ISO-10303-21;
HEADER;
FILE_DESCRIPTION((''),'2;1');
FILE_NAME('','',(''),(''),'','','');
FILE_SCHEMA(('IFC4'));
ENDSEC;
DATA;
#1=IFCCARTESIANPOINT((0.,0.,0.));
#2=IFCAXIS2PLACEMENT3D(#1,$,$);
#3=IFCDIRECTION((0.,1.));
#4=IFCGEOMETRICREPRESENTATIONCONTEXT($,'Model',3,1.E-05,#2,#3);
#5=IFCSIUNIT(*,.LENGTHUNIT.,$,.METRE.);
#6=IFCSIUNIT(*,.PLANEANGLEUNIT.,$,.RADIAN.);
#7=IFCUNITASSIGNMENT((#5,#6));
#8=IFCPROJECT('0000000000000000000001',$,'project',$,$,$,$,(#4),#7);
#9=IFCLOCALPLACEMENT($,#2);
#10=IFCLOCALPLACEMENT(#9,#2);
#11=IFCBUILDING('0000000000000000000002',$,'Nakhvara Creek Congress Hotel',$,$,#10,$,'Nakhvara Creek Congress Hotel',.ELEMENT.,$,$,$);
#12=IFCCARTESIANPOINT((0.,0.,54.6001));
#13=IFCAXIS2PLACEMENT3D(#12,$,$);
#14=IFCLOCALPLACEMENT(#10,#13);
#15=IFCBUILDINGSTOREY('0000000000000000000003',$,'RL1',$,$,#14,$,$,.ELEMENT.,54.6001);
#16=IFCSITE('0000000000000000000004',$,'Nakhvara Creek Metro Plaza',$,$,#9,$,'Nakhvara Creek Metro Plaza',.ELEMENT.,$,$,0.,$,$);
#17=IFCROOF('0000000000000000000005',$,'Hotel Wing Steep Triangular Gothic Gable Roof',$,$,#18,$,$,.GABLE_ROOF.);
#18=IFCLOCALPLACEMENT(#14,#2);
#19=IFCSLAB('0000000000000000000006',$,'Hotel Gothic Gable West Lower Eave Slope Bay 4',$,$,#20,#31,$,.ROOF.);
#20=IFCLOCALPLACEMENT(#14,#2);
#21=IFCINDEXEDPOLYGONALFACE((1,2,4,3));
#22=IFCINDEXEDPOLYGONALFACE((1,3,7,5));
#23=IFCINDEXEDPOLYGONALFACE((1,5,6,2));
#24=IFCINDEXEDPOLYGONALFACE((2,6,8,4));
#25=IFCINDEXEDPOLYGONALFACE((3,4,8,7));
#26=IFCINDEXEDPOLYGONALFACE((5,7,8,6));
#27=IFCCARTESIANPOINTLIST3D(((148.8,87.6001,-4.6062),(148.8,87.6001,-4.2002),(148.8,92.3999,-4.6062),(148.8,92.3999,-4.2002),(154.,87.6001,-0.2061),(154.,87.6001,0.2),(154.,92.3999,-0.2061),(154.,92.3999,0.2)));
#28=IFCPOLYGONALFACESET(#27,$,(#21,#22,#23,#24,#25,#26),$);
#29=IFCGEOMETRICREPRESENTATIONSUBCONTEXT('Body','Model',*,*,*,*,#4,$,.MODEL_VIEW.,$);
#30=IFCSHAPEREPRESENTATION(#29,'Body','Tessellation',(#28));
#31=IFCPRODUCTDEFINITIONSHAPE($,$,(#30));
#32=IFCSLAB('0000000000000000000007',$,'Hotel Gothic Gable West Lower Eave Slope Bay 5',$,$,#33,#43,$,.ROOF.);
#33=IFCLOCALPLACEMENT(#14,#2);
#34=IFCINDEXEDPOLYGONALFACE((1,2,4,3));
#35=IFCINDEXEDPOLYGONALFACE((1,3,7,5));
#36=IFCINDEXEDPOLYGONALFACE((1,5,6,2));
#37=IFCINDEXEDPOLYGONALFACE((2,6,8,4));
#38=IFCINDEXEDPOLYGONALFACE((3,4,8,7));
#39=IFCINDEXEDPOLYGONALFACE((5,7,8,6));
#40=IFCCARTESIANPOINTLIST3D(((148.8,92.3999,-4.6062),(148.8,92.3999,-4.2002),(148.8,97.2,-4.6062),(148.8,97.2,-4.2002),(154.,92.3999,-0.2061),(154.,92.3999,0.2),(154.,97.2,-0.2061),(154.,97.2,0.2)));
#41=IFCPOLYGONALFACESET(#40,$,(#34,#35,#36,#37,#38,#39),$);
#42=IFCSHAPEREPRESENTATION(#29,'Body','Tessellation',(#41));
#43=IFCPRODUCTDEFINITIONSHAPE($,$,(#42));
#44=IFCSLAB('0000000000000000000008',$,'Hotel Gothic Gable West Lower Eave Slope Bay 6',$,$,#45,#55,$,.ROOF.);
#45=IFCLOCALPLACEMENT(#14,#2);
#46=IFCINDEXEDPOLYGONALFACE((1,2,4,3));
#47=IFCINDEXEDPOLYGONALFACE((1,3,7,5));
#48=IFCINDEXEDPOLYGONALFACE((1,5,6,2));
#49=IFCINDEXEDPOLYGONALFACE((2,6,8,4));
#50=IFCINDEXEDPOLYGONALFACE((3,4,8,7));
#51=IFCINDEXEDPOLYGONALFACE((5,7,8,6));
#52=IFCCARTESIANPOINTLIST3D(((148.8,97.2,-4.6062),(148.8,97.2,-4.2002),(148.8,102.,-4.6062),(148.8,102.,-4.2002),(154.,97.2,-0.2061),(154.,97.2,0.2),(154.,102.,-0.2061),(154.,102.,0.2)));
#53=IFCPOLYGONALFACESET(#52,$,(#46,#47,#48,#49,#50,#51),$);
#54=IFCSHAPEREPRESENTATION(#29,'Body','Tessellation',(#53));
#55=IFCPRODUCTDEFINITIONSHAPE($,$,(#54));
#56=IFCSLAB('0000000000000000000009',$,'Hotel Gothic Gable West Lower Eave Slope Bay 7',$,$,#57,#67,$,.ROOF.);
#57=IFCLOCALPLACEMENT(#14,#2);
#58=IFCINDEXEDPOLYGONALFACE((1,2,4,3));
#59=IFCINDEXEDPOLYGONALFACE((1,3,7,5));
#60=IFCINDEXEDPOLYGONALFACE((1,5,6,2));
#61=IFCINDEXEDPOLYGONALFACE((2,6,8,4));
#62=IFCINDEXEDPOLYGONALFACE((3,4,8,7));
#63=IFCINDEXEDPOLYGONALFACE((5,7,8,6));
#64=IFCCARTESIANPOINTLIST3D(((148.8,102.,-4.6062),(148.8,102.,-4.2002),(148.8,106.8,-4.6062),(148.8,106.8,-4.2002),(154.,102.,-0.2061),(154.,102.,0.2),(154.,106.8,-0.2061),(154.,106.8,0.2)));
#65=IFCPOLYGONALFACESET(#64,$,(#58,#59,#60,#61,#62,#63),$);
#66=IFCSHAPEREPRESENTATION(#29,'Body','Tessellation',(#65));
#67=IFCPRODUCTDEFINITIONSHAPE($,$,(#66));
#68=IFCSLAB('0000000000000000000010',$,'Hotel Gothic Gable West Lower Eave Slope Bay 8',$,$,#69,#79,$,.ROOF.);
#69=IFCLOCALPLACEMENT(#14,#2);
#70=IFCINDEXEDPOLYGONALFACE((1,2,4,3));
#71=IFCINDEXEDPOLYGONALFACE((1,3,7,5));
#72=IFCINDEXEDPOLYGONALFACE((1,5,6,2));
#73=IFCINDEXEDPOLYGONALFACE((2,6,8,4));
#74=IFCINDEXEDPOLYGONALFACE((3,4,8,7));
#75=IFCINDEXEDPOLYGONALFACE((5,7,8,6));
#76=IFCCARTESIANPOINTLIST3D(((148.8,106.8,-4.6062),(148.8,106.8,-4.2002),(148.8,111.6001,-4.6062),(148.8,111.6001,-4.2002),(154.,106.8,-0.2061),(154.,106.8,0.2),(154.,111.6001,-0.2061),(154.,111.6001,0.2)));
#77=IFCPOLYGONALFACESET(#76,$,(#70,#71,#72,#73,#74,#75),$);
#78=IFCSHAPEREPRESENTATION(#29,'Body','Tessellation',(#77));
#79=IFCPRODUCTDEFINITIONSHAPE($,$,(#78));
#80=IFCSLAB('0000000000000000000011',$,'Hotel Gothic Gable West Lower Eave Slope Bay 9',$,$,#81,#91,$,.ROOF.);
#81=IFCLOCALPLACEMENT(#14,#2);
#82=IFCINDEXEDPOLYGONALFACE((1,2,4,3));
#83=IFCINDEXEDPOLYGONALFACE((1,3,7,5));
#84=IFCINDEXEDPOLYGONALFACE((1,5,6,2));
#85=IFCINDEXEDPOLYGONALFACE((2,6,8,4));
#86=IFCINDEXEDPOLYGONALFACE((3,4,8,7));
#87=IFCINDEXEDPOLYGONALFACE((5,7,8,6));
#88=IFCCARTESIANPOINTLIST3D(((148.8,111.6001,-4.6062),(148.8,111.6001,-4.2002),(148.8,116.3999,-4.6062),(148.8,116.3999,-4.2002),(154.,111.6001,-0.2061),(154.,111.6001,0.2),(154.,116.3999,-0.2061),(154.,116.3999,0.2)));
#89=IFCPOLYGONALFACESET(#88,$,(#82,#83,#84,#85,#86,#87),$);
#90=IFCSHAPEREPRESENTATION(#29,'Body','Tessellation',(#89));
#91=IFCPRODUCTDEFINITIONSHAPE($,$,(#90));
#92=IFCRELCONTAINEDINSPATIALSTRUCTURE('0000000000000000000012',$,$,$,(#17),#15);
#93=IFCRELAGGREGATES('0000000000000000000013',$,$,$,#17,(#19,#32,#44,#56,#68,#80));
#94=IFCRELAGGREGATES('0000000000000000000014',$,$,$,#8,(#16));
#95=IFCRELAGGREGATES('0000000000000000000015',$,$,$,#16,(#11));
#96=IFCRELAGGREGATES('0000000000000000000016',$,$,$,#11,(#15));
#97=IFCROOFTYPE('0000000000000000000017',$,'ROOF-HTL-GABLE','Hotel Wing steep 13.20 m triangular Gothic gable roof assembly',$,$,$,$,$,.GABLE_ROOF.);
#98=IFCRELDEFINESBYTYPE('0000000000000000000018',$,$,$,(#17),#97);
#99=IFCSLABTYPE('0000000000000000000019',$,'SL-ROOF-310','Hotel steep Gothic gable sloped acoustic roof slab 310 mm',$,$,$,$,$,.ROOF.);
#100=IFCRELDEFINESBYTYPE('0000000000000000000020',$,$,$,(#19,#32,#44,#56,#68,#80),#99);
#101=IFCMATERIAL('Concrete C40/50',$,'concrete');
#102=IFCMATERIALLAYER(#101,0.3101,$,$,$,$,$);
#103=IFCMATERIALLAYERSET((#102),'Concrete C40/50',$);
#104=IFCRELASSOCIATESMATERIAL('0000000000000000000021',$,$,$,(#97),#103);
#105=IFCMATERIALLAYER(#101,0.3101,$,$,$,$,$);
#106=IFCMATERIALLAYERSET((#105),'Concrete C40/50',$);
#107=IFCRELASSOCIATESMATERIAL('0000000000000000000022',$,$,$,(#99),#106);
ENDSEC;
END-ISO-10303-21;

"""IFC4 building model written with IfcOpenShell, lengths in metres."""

from ifc_helpers import new_model, si_unit, direction, frame, origin, place, context, subcontext, project, spatial, polyline, outline, extrude, material, layer, layer_set, type_object, element, aggregate, save


model = new_model("IFC4")

# Units and contexts
model_context = context("Model", 3, precision=1e-05, world=origin(), true_north=direction((0.0, 1.0)))
body_context = subcontext(model_context, "Body", "Model", "MODEL_VIEW")
ifc_project = project(units=[si_unit("LENGTHUNIT", "METRE"), si_unit("PLANEANGLEUNIT", "RADIAN")], contexts=[model_context])

# Site, building, storey
site_placement = place(None, origin())
site = spatial("IfcSite", under=ifc_project, at=site_placement, Name="Nakhvara Creek Metro Plaza", LongName="Nakhvara Creek Metro Plaza", CompositionType="ELEMENT", RefElevation=0.0)
building_placement = place(site_placement, origin())
building = spatial("IfcBuilding", under=site, at=building_placement, Name="Nakhvara Creek Congress Hotel", LongName="Nakhvara Creek Congress Hotel", CompositionType="ELEMENT")
storey_placement = place(building_placement, frame((0.0, 0.0, 54.6001)))
storey = spatial("IfcBuildingStorey", under=building, at=storey_placement, Name="RL1", CompositionType="ELEMENT", Elevation=54.6001)

# Roof, slabs
ifc_material_1 = material(Name="Concrete C40/50", Category="concrete")
ifc_layer_1 = layer(ifc_material_1, 0.3101)
ifc_layer_set_1 = layer_set([ifc_layer_1], Name="Concrete C40/50")
roof_type = type_object("IfcRoofType", Name="ROOF-HTL-GABLE", Description="Hotel Wing steep 13.20 m triangular Gothic gable roof assembly", PredefinedType="GABLE_ROOF", material=ifc_layer_set_1)
roof_placement = place(storey_placement, origin())
roof = element("IfcRoof", 1, at=roof_placement, inside=storey, type_object=roof_type, Name="Hotel Wing Steep Triangular Gothic Gable Roof", PredefinedType="GABLE_ROOF")
ifc_layer_2 = layer(ifc_material_1, 0.3101)
ifc_layer_set_2 = layer_set([ifc_layer_2], Name="Concrete C40/50")
slab_type = type_object("IfcSlabType", Name="SL-ROOF-310", Description="Hotel steep Gothic gable sloped acoustic roof slab 310 mm", PredefinedType="ROOF", material=ifc_layer_set_2)
slab_1_placement = place(storey_placement, frame((148.8, 87.6001, -4.2002), z_axis=(0.0, 0.0, 1.0), x_axis=(1.0, 0.0, 0.0)))
slab_1 = element("IfcSlab", 2, at=slab_1_placement, type_object=slab_type, Name="Hotel Gothic Gable West Lower Eave Slope Bay 4", PredefinedType="ROOF", context=body_context, shape_type="SweptSolid", body=[
    extrude(outline(polyline([(0.0, 0.0), (5.2, 4.4001), (5.2, 3.9941), (0.0, -0.406), (0.0, 0.0)])), frame((0.0, 4.7998, 0.0), z_axis=(0.0, -1.0, 0.0), x_axis=(1.0, 0.0, 0.0)), (0.0, 0.0, 1.0), 4.7998),
])
slab_2_placement = place(storey_placement, frame((148.8, 92.3999, -4.2002), z_axis=(0.0, 0.0, 1.0), x_axis=(1.0, 0.0, 0.0)))
slab_2 = element("IfcSlab", 3, at=slab_2_placement, type_object=slab_type, Name="Hotel Gothic Gable West Lower Eave Slope Bay 5", PredefinedType="ROOF", context=body_context, shape_type="SweptSolid", body=[
    extrude(outline(polyline([(0.0, 0.0), (5.2, 4.4001), (5.2, 3.9941), (0.0, -0.406), (0.0, 0.0)])), frame((0.0, 4.8, 0.0), z_axis=(0.0, -1.0, 0.0), x_axis=(1.0, 0.0, 0.0)), (0.0, 0.0, 1.0), 4.8),
])
slab_3_placement = place(storey_placement, frame((148.8, 97.2, -4.2002), z_axis=(0.0, 0.0, 1.0), x_axis=(1.0, 0.0, 0.0)))
slab_3 = element("IfcSlab", 4, at=slab_3_placement, type_object=slab_type, Name="Hotel Gothic Gable West Lower Eave Slope Bay 6", PredefinedType="ROOF", context=body_context, shape_type="SweptSolid", body=[
    extrude(outline(polyline([(0.0, 0.0), (5.2, 4.4001), (5.2, 3.9941), (0.0, -0.406), (0.0, 0.0)])), frame((0.0, 4.8, 0.0), z_axis=(0.0, -1.0, 0.0), x_axis=(1.0, 0.0, 0.0)), (0.0, 0.0, 1.0), 4.8),
])
slab_4_placement = place(storey_placement, frame((148.8, 102.0, -4.2002), z_axis=(0.0, 0.0, 1.0), x_axis=(1.0, 0.0, 0.0)))
slab_4 = element("IfcSlab", 5, at=slab_4_placement, type_object=slab_type, Name="Hotel Gothic Gable West Lower Eave Slope Bay 7", PredefinedType="ROOF", context=body_context, shape_type="SweptSolid", body=[
    extrude(outline(polyline([(0.0, 0.0), (5.2, 4.4001), (5.2, 3.9941), (0.0, -0.406), (0.0, 0.0)])), frame((0.0, 4.8, 0.0), z_axis=(0.0, -1.0, 0.0), x_axis=(1.0, 0.0, 0.0)), (0.0, 0.0, 1.0), 4.8),
])
slab_5_placement = place(storey_placement, frame((148.8, 106.8, -4.2002), z_axis=(0.0, 0.0, 1.0), x_axis=(1.0, 0.0, 0.0)))
slab_5 = element("IfcSlab", 6, at=slab_5_placement, type_object=slab_type, Name="Hotel Gothic Gable West Lower Eave Slope Bay 8", PredefinedType="ROOF", context=body_context, shape_type="SweptSolid", body=[
    extrude(outline(polyline([(0.0, 0.0), (5.2, 4.4001), (5.2, 3.9941), (0.0, -0.406), (0.0, 0.0)])), frame((0.0, 4.8, 0.0), z_axis=(0.0, -1.0, 0.0), x_axis=(1.0, 0.0, 0.0)), (0.0, 0.0, 1.0), 4.8),
])
slab_6_placement = place(storey_placement, frame((148.8, 111.6001, -4.2002), z_axis=(0.0, 0.0, 1.0), x_axis=(1.0, 0.0, 0.0)))
slab_6 = element("IfcSlab", 7, at=slab_6_placement, type_object=slab_type, Name="Hotel Gothic Gable West Lower Eave Slope Bay 9", PredefinedType="ROOF", context=body_context, shape_type="SweptSolid", body=[
    extrude(outline(polyline([(0.0, 0.0), (5.2, 4.4001), (5.2, 3.9941), (0.0, -0.406), (0.0, 0.0)])), frame((0.0, 4.7998, 0.0), z_axis=(0.0, -1.0, 0.0), x_axis=(1.0, 0.0, 0.0)), (0.0, 0.0, 1.0), 4.7998),
])
aggregate(roof, [slab_1, slab_2, slab_3, slab_4, slab_5, slab_6])

save(model, "model.ifc")
